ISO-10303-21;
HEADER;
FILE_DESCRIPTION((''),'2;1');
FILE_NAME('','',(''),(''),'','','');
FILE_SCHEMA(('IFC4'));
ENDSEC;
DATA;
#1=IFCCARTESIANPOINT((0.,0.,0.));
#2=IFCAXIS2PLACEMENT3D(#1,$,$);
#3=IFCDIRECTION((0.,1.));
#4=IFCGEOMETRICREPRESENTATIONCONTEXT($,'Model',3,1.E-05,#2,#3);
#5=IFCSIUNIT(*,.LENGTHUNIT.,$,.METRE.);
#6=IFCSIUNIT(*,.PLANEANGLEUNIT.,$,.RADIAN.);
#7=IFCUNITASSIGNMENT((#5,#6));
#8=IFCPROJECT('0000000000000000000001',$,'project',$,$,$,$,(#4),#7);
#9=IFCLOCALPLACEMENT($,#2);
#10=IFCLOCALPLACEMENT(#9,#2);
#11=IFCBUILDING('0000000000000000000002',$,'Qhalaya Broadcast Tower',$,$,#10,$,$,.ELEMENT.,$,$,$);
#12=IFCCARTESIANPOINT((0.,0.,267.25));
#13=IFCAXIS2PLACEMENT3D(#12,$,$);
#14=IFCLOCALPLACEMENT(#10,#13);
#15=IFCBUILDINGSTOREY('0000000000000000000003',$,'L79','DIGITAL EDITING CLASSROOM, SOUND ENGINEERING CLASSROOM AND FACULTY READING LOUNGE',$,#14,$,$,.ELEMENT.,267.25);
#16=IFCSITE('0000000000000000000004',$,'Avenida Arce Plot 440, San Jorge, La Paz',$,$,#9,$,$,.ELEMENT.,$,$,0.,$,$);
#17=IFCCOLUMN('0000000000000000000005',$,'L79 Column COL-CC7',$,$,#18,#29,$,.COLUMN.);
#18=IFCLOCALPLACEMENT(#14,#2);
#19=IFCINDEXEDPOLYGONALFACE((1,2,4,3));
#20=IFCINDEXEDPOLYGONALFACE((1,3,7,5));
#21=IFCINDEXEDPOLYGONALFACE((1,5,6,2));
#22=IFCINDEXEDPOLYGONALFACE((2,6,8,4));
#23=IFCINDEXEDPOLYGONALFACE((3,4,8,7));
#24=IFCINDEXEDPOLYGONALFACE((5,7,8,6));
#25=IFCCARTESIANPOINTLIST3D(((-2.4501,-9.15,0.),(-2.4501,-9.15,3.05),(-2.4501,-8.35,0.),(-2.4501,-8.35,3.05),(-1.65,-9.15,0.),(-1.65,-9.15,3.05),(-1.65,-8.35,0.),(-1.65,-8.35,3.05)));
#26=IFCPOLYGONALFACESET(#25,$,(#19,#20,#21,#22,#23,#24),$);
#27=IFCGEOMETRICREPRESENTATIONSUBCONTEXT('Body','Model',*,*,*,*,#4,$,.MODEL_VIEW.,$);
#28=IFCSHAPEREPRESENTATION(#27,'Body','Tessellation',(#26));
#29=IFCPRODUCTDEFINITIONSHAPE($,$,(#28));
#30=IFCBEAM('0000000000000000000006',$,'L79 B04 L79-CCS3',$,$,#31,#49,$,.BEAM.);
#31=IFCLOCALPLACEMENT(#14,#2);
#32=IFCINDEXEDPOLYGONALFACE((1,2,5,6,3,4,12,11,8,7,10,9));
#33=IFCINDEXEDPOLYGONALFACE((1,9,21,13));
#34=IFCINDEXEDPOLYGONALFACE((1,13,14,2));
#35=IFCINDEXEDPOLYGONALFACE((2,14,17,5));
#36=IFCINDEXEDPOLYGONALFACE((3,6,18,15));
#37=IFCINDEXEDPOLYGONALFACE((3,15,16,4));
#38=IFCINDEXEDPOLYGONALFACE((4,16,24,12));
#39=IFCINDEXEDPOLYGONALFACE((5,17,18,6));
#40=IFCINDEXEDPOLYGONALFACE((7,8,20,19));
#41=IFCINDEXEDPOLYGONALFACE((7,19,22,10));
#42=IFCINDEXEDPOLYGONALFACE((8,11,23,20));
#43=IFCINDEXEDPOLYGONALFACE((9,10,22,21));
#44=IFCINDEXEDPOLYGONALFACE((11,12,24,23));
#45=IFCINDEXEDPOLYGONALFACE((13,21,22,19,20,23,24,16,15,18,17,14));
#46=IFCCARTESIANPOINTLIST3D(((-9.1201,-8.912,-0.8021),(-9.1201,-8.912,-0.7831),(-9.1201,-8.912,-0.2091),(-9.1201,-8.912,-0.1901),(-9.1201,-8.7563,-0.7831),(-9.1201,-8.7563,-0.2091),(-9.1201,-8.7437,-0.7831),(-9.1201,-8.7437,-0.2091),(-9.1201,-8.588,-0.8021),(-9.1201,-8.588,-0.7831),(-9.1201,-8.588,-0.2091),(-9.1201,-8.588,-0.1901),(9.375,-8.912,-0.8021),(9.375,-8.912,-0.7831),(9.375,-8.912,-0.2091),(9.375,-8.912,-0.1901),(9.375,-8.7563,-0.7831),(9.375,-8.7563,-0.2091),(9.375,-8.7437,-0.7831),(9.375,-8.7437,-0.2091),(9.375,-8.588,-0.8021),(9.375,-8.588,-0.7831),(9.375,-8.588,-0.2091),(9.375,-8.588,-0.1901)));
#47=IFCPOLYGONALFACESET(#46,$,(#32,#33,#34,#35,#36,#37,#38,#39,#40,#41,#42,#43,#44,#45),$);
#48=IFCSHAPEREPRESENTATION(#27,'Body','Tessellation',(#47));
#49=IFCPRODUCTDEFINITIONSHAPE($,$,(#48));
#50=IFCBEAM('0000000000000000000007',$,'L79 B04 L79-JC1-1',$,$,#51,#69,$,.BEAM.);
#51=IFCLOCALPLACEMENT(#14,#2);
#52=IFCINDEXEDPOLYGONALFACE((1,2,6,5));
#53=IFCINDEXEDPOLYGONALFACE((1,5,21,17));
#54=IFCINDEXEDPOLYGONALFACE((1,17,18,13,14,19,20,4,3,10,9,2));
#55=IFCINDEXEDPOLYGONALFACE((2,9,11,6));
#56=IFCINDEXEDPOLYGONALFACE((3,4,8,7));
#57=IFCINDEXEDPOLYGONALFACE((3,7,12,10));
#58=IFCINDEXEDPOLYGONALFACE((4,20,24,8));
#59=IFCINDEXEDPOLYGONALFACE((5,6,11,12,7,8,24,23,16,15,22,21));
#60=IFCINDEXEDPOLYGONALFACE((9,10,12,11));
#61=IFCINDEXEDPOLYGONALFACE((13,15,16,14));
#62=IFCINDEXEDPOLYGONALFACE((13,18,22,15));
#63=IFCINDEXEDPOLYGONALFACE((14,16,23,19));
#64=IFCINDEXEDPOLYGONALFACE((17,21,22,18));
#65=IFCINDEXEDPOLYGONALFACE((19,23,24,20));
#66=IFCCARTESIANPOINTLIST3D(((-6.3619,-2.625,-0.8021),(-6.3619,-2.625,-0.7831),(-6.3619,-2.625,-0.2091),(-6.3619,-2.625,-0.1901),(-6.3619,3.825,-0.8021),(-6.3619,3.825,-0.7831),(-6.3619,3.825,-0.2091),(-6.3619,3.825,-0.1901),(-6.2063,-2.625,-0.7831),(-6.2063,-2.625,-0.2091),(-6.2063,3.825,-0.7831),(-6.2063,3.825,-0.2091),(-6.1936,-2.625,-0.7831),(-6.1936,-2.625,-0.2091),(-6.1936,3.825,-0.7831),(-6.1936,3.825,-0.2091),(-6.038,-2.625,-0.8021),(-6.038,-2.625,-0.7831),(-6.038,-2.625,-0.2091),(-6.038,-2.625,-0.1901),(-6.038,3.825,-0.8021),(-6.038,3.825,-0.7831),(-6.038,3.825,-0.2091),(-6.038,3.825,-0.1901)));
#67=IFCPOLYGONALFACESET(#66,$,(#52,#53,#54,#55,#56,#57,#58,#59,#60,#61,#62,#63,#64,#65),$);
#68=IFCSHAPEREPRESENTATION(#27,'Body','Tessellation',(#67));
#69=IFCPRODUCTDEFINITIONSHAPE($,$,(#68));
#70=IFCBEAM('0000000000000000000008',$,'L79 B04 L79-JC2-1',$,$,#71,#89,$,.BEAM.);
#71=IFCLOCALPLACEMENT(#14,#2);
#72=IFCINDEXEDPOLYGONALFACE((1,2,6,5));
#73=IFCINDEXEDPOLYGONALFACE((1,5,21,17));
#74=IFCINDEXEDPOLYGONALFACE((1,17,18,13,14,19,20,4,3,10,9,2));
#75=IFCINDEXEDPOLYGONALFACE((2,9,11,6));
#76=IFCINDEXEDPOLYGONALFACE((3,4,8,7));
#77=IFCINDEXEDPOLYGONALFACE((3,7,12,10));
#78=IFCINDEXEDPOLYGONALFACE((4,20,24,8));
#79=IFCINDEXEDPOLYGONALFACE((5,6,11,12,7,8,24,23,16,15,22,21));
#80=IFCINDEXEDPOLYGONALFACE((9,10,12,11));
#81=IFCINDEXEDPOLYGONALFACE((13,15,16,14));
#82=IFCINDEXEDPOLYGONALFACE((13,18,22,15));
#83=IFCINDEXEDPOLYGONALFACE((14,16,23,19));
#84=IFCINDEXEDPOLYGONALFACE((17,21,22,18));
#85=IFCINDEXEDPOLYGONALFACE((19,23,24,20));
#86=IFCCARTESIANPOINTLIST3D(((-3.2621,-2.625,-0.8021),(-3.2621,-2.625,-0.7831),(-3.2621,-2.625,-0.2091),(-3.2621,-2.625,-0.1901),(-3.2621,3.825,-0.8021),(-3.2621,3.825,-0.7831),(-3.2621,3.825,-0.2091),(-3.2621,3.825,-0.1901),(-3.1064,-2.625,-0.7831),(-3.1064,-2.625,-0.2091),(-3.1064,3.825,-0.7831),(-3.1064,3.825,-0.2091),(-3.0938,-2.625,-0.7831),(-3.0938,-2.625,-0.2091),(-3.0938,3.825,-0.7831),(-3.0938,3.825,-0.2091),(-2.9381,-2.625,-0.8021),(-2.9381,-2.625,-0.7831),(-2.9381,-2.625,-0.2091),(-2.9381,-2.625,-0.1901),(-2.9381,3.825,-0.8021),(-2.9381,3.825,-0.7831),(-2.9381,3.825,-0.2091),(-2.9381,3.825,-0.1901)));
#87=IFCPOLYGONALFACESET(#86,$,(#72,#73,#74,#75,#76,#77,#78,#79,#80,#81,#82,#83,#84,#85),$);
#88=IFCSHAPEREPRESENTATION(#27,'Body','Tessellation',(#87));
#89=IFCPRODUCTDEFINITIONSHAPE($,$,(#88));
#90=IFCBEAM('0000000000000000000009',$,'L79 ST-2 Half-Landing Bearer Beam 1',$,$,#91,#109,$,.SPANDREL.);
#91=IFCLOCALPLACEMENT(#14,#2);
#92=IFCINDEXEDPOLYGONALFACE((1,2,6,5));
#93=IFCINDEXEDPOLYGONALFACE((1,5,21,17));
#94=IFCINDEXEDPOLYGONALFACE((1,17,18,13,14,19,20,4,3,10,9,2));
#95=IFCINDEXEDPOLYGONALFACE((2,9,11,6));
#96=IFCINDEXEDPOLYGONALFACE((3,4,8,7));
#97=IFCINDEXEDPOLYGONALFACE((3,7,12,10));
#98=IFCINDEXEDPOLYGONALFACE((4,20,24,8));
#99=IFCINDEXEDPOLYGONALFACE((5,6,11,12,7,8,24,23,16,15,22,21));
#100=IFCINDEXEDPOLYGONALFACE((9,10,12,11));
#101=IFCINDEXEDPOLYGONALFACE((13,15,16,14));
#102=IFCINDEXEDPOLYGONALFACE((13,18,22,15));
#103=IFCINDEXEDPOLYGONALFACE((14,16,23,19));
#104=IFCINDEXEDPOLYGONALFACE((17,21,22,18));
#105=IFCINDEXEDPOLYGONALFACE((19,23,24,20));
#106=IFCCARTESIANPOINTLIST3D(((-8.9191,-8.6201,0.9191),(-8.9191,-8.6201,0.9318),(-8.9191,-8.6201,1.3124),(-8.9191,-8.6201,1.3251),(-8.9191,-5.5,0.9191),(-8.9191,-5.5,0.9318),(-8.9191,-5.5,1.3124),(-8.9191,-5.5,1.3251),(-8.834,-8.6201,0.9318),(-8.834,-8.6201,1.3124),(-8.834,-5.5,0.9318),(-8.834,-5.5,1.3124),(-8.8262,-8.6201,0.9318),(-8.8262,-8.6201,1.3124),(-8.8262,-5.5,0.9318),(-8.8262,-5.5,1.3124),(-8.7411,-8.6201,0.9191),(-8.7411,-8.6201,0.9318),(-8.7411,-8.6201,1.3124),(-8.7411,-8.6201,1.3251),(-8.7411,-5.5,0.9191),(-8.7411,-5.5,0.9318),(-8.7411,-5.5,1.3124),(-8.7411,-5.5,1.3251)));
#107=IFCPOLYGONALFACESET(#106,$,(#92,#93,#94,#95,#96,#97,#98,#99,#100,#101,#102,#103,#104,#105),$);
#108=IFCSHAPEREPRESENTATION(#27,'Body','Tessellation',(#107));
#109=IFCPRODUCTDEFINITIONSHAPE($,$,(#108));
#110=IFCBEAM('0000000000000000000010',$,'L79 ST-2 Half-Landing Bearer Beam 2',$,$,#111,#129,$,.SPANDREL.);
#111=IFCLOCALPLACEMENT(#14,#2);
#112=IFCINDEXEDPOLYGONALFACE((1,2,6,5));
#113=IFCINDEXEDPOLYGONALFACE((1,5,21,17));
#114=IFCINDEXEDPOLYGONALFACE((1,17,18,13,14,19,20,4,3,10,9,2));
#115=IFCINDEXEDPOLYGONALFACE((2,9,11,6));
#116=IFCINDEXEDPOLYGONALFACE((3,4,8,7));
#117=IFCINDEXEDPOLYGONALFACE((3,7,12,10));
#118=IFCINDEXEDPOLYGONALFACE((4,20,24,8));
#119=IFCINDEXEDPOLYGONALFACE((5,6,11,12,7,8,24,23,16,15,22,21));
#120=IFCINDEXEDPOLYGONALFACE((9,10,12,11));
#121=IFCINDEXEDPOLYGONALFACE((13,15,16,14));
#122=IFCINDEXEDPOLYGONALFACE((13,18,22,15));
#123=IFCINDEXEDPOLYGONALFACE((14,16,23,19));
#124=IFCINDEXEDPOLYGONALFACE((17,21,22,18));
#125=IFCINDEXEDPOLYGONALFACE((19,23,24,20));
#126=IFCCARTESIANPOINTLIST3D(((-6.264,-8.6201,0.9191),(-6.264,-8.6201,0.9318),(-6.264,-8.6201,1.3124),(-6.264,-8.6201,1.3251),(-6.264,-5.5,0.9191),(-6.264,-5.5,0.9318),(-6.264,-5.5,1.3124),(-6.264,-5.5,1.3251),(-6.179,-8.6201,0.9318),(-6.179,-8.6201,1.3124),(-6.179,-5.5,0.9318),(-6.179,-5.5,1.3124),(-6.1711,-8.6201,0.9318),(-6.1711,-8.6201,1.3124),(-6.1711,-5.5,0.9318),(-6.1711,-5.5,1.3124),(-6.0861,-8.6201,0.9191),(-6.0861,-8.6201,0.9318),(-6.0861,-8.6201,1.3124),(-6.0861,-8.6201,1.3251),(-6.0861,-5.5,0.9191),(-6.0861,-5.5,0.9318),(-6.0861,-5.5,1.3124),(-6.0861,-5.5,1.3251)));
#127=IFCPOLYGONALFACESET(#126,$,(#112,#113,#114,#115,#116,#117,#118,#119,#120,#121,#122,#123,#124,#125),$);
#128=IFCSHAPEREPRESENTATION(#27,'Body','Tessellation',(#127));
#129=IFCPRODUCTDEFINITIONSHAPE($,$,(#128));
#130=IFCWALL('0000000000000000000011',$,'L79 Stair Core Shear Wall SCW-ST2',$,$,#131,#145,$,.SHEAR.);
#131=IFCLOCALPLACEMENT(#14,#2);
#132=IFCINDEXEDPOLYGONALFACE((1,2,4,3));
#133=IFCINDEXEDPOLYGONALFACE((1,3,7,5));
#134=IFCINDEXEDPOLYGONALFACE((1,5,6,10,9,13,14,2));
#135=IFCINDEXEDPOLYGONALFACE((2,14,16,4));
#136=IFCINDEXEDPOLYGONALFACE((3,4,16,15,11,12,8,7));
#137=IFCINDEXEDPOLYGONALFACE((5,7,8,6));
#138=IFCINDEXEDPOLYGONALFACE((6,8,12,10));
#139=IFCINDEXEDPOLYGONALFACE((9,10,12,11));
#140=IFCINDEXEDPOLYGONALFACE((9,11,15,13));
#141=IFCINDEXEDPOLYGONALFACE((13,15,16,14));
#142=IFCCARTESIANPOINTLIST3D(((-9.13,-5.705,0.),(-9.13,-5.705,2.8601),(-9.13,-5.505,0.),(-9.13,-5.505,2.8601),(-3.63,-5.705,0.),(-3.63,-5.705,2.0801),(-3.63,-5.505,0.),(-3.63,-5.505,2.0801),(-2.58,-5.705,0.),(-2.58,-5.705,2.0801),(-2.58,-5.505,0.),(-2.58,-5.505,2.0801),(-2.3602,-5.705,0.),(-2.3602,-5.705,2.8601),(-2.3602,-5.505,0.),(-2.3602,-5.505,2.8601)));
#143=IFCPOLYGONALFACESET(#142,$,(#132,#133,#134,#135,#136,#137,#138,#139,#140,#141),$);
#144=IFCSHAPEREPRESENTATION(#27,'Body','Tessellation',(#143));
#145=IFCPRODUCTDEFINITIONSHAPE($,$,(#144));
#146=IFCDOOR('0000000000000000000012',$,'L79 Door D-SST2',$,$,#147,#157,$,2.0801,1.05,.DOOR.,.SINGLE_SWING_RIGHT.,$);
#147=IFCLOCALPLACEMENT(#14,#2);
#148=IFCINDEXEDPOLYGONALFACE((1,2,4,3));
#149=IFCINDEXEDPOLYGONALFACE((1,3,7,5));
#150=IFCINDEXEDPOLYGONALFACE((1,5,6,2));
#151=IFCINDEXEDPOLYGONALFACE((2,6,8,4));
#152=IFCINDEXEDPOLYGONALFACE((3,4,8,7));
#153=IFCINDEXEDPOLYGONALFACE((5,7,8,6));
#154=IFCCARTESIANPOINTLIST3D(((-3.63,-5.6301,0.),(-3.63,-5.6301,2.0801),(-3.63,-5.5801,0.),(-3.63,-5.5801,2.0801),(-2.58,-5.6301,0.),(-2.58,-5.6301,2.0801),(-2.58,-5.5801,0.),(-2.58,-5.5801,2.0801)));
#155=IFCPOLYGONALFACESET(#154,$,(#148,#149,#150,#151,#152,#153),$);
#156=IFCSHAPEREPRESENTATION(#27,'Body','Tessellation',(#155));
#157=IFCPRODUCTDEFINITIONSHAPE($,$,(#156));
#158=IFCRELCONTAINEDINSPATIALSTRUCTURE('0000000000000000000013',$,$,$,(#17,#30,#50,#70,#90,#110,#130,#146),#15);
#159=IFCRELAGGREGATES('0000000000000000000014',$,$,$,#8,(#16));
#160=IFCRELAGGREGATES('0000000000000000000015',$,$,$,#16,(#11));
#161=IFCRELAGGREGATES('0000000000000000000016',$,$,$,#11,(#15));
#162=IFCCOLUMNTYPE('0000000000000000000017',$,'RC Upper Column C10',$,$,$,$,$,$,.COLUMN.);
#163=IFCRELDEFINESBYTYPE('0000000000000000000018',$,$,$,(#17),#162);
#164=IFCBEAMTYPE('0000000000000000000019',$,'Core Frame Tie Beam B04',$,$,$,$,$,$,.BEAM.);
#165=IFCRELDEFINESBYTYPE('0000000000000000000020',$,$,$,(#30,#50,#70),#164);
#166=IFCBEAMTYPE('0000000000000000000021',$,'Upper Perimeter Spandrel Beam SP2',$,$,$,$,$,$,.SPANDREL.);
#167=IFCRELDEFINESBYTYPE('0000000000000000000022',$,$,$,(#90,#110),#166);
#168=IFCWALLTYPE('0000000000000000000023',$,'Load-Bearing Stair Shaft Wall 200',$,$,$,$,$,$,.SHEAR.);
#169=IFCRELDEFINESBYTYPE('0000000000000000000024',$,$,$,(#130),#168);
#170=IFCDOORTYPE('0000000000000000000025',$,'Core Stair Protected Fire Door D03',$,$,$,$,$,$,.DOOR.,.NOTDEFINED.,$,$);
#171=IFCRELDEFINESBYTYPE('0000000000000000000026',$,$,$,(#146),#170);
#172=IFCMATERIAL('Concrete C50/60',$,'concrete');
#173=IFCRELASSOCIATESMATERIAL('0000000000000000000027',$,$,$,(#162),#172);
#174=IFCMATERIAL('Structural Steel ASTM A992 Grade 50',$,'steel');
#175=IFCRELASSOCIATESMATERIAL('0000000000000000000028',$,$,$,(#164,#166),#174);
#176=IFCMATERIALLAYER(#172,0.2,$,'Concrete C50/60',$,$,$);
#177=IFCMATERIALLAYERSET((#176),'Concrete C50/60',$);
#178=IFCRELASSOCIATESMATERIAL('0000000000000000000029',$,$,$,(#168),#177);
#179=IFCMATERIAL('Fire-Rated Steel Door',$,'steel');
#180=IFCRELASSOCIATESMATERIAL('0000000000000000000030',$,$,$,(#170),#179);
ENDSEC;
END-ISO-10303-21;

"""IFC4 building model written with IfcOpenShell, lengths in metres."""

from ifc_helpers import new_model, si_unit, direction, frame, frame_2d, origin, origin_2d, place, context, subcontext, project, spatial, rectangle, i_section, extrude, material, layer, layer_set, material_profile, profile_set, type_object, element, fill, save


model = new_model("IFC4")

# Units and contexts
model_context = context("Model", 3, precision=1e-05, world=origin(), true_north=direction((0.0, 1.0)))
body_context = subcontext(model_context, "Body", "Model", "MODEL_VIEW")
ifc_project = project(units=[si_unit("LENGTHUNIT", "METRE"), si_unit("PLANEANGLEUNIT", "RADIAN")], contexts=[model_context])

# Site, building, storey
site_placement = place(None, origin())
site = spatial("IfcSite", under=ifc_project, at=site_placement, Name="Avenida Arce Plot 440, San Jorge, La Paz", CompositionType="ELEMENT", RefElevation=0.0)
building_placement = place(site_placement, origin())
building = spatial("IfcBuilding", under=site, at=building_placement, Name="Qhalaya Broadcast Tower", CompositionType="ELEMENT")
storey_placement = place(building_placement, frame((0.0, 0.0, 267.25)))
storey = spatial("IfcBuildingStorey", under=building, at=storey_placement, Name="L79", Description="DIGITAL EDITING CLASSROOM, SOUND ENGINEERING CLASSROOM AND FACULTY READING LOUNGE", CompositionType="ELEMENT", Elevation=267.25)

# Column
ifc_material_1 = material(Name="Concrete C50/60", Category="concrete")
ifc_material_profile_1 = material_profile(ifc_material_1, rectangle(XDim=0.8, YDim=0.8, at=origin_2d()), Name="RC-COL 800x800")
ifc_profile_set_1 = profile_set([ifc_material_profile_1], Name="Concrete C50/60")
column_type = type_object("IfcColumnType", Name="RC Upper Column C10", PredefinedType="COLUMN", material=ifc_profile_set_1)
column_placement = place(storey_placement, frame((-2.05, -8.75, 0.0), z_axis=(0.0, 0.0, 1.0), x_axis=(1.0, 0.0, 0.0)))
element("IfcColumn", 1, at=column_placement, inside=storey, type_object=column_type, Name="L79 Column COL-CC7", PredefinedType="COLUMN", context=body_context, shape_type="SweptSolid", body=[
    extrude(rectangle(XDim=0.8, YDim=0.8, at=origin_2d()), origin(), (0.0, 0.0, 1.0), 3.05),
])

# Beams
ifc_material_2 = material(Name="Structural Steel ASTM A992 Grade 50", Category="steel")
ifc_material_profile_2 = material_profile(ifc_material_2, i_section(OverallWidth=0.324, OverallDepth=0.6121, WebThickness=0.0127, FlangeThickness=0.019, at=origin_2d()), Name="W24X104")
ifc_profile_set_2 = profile_set([ifc_material_profile_2], Name="Structural Steel ASTM A992 Grade 50")
beam_type_1 = type_object("IfcBeamType", Name="Core Frame Tie Beam B04", PredefinedType="BEAM", material=ifc_profile_set_2)
beam_placement = place(storey_placement, frame((-9.1201, -8.75, -0.4961), z_axis=(1.0, 0.0, 0.0), x_axis=(0.0, 1.0, 0.0)))
element("IfcBeam", 2, at=beam_placement, inside=storey, type_object=beam_type_1, Name="L79 B04 L79-CCS3", PredefinedType="BEAM", context=body_context, shape_type="SweptSolid", body=[
    extrude(i_section(OverallWidth=0.324, OverallDepth=0.6121, WebThickness=0.0127, FlangeThickness=0.019, at=origin_2d()), origin(), (0.0, 0.0, 1.0), 18.4951),
])
for number, where, z_axis, x_axis, name in (
    (3, (-6.2, -2.625, -0.4961), (0.0, 1.0, 0.0), (-1.0, 0.0, 0.0), "L79 B04 L79-JC1-1"),
    (4, (-3.1001, -2.625, -0.4961), (0.0, 1.0, 0.0), (-1.0, 0.0, 0.0), "L79 B04 L79-JC2-1"),
):
    element("IfcBeam", number, at=place(storey_placement, frame(where, z_axis=z_axis, x_axis=x_axis)), inside=storey, type_object=beam_type_1, Name=name, PredefinedType="BEAM", context=body_context, shape_type="SweptSolid", body=[
        extrude(i_section(OverallWidth=0.324, OverallDepth=0.6121, WebThickness=0.0127, FlangeThickness=0.019, at=origin_2d()), origin(), (0.0, 0.0, 1.0), 6.45),
    ])
ifc_material_profile_3 = material_profile(ifc_material_2, i_section(OverallWidth=0.178, OverallDepth=0.406, WebThickness=0.0078, FlangeThickness=0.0127, at=origin_2d()), Name="W16X40")
ifc_profile_set_3 = profile_set([ifc_material_profile_3], Name="Structural Steel ASTM A992 Grade 50")
beam_type_2 = type_object("IfcBeamType", Name="Upper Perimeter Spandrel Beam SP2", PredefinedType="SPANDREL", material=ifc_profile_set_3)
for number, where, z_axis, x_axis, name in (
    (5, (-8.8301, -8.6201, 1.1221), (0.0, 1.0, 0.0), (-1.0, 0.0, 0.0), "L79 ST-2 Half-Landing Bearer Beam 1"),
    (6, (-6.175, -8.6201, 1.1221), (0.0, 1.0, 0.0), (-1.0, 0.0, 0.0), "L79 ST-2 Half-Landing Bearer Beam 2"),
):
    element("IfcBeam", number, at=place(storey_placement, frame(where, z_axis=z_axis, x_axis=x_axis)), inside=storey, type_object=beam_type_2, Name=name, PredefinedType="SPANDREL", context=body_context, shape_type="SweptSolid", body=[
        extrude(i_section(OverallWidth=0.178, OverallDepth=0.406, WebThickness=0.0078, FlangeThickness=0.0127, at=origin_2d()), origin(), (0.0, 0.0, 1.0), 3.1201),
    ])

# Wall, opening, door
ifc_layer_1 = layer(ifc_material_1, 0.2, Name="Concrete C50/60")
ifc_layer_set_1 = layer_set([ifc_layer_1], Name="Concrete C50/60")
wall_type_1 = type_object("IfcWallType", Name="Load-Bearing Stair Shaft Wall 200", PredefinedType="SHEAR", material=ifc_layer_set_1)
wall_1_placement = place(storey_placement, frame((-9.1299, -5.605, 0.0), z_axis=(0.0, 0.0, 1.0), x_axis=(1.0, 0.0, 0.0)))
wall_1 = element("IfcWall", 7, at=wall_1_placement, inside=storey, type_object=wall_type_1, Name="L79 Stair Core Shear Wall SCW-ST2", PredefinedType="SHEAR", context=body_context, shape_type="SweptSolid", body=[
    extrude(rectangle(XDim=6.7698, YDim=0.2, at=frame_2d((3.3848, 0.0))), origin(), (0.0, 0.0, 1.0), 2.8601),
])
opening_1_placement = place(wall_1_placement, frame((5.5, 0.0, 0.0)))
opening_1 = element("IfcOpeningElement", 8, at=opening_1_placement, cuts=wall_1, PredefinedType="OPENING", context=body_context, shape_type="SweptSolid", body=[
    extrude(rectangle(XDim=1.05, YDim=2.0801, at=frame_2d((0.5249, 1.04))), frame((0.0, 0.1121, 0.0), z_axis=(0.0, -1.0, 0.0), x_axis=(1.0, 0.0, 0.0)), (0.0, 0.0, 1.0), 0.2239),
])
ifc_material_3 = material(Name="Fire-Rated Steel Door", Category="steel")
door_type_1 = type_object("IfcDoorType", Name="Core Stair Protected Fire Door D03", OperationType="NOTDEFINED", PredefinedType="DOOR", material=ifc_material_3)
door_1_placement = place(opening_1_placement, origin())
door_1 = element("IfcDoor", 9, at=door_1_placement, inside=storey, type_object=door_type_1, Name="L79 Door D-SST2", OperationType="SINGLE_SWING_RIGHT", OverallHeight=2.0801, OverallWidth=1.05, PredefinedType="DOOR", context=body_context, shape_type="SweptSolid", body=[
    extrude(rectangle(XDim=1.05, YDim=2.0801, at=frame_2d((0.5249, 1.04))), frame((0.0, 0.0249, 0.0), z_axis=(0.0, -1.0, 0.0), x_axis=(1.0, 0.0, 0.0)), (0.0, 0.0, 1.0), 0.05),
])
fill(opening_1, door_1)

save(model, "model.ifc")
